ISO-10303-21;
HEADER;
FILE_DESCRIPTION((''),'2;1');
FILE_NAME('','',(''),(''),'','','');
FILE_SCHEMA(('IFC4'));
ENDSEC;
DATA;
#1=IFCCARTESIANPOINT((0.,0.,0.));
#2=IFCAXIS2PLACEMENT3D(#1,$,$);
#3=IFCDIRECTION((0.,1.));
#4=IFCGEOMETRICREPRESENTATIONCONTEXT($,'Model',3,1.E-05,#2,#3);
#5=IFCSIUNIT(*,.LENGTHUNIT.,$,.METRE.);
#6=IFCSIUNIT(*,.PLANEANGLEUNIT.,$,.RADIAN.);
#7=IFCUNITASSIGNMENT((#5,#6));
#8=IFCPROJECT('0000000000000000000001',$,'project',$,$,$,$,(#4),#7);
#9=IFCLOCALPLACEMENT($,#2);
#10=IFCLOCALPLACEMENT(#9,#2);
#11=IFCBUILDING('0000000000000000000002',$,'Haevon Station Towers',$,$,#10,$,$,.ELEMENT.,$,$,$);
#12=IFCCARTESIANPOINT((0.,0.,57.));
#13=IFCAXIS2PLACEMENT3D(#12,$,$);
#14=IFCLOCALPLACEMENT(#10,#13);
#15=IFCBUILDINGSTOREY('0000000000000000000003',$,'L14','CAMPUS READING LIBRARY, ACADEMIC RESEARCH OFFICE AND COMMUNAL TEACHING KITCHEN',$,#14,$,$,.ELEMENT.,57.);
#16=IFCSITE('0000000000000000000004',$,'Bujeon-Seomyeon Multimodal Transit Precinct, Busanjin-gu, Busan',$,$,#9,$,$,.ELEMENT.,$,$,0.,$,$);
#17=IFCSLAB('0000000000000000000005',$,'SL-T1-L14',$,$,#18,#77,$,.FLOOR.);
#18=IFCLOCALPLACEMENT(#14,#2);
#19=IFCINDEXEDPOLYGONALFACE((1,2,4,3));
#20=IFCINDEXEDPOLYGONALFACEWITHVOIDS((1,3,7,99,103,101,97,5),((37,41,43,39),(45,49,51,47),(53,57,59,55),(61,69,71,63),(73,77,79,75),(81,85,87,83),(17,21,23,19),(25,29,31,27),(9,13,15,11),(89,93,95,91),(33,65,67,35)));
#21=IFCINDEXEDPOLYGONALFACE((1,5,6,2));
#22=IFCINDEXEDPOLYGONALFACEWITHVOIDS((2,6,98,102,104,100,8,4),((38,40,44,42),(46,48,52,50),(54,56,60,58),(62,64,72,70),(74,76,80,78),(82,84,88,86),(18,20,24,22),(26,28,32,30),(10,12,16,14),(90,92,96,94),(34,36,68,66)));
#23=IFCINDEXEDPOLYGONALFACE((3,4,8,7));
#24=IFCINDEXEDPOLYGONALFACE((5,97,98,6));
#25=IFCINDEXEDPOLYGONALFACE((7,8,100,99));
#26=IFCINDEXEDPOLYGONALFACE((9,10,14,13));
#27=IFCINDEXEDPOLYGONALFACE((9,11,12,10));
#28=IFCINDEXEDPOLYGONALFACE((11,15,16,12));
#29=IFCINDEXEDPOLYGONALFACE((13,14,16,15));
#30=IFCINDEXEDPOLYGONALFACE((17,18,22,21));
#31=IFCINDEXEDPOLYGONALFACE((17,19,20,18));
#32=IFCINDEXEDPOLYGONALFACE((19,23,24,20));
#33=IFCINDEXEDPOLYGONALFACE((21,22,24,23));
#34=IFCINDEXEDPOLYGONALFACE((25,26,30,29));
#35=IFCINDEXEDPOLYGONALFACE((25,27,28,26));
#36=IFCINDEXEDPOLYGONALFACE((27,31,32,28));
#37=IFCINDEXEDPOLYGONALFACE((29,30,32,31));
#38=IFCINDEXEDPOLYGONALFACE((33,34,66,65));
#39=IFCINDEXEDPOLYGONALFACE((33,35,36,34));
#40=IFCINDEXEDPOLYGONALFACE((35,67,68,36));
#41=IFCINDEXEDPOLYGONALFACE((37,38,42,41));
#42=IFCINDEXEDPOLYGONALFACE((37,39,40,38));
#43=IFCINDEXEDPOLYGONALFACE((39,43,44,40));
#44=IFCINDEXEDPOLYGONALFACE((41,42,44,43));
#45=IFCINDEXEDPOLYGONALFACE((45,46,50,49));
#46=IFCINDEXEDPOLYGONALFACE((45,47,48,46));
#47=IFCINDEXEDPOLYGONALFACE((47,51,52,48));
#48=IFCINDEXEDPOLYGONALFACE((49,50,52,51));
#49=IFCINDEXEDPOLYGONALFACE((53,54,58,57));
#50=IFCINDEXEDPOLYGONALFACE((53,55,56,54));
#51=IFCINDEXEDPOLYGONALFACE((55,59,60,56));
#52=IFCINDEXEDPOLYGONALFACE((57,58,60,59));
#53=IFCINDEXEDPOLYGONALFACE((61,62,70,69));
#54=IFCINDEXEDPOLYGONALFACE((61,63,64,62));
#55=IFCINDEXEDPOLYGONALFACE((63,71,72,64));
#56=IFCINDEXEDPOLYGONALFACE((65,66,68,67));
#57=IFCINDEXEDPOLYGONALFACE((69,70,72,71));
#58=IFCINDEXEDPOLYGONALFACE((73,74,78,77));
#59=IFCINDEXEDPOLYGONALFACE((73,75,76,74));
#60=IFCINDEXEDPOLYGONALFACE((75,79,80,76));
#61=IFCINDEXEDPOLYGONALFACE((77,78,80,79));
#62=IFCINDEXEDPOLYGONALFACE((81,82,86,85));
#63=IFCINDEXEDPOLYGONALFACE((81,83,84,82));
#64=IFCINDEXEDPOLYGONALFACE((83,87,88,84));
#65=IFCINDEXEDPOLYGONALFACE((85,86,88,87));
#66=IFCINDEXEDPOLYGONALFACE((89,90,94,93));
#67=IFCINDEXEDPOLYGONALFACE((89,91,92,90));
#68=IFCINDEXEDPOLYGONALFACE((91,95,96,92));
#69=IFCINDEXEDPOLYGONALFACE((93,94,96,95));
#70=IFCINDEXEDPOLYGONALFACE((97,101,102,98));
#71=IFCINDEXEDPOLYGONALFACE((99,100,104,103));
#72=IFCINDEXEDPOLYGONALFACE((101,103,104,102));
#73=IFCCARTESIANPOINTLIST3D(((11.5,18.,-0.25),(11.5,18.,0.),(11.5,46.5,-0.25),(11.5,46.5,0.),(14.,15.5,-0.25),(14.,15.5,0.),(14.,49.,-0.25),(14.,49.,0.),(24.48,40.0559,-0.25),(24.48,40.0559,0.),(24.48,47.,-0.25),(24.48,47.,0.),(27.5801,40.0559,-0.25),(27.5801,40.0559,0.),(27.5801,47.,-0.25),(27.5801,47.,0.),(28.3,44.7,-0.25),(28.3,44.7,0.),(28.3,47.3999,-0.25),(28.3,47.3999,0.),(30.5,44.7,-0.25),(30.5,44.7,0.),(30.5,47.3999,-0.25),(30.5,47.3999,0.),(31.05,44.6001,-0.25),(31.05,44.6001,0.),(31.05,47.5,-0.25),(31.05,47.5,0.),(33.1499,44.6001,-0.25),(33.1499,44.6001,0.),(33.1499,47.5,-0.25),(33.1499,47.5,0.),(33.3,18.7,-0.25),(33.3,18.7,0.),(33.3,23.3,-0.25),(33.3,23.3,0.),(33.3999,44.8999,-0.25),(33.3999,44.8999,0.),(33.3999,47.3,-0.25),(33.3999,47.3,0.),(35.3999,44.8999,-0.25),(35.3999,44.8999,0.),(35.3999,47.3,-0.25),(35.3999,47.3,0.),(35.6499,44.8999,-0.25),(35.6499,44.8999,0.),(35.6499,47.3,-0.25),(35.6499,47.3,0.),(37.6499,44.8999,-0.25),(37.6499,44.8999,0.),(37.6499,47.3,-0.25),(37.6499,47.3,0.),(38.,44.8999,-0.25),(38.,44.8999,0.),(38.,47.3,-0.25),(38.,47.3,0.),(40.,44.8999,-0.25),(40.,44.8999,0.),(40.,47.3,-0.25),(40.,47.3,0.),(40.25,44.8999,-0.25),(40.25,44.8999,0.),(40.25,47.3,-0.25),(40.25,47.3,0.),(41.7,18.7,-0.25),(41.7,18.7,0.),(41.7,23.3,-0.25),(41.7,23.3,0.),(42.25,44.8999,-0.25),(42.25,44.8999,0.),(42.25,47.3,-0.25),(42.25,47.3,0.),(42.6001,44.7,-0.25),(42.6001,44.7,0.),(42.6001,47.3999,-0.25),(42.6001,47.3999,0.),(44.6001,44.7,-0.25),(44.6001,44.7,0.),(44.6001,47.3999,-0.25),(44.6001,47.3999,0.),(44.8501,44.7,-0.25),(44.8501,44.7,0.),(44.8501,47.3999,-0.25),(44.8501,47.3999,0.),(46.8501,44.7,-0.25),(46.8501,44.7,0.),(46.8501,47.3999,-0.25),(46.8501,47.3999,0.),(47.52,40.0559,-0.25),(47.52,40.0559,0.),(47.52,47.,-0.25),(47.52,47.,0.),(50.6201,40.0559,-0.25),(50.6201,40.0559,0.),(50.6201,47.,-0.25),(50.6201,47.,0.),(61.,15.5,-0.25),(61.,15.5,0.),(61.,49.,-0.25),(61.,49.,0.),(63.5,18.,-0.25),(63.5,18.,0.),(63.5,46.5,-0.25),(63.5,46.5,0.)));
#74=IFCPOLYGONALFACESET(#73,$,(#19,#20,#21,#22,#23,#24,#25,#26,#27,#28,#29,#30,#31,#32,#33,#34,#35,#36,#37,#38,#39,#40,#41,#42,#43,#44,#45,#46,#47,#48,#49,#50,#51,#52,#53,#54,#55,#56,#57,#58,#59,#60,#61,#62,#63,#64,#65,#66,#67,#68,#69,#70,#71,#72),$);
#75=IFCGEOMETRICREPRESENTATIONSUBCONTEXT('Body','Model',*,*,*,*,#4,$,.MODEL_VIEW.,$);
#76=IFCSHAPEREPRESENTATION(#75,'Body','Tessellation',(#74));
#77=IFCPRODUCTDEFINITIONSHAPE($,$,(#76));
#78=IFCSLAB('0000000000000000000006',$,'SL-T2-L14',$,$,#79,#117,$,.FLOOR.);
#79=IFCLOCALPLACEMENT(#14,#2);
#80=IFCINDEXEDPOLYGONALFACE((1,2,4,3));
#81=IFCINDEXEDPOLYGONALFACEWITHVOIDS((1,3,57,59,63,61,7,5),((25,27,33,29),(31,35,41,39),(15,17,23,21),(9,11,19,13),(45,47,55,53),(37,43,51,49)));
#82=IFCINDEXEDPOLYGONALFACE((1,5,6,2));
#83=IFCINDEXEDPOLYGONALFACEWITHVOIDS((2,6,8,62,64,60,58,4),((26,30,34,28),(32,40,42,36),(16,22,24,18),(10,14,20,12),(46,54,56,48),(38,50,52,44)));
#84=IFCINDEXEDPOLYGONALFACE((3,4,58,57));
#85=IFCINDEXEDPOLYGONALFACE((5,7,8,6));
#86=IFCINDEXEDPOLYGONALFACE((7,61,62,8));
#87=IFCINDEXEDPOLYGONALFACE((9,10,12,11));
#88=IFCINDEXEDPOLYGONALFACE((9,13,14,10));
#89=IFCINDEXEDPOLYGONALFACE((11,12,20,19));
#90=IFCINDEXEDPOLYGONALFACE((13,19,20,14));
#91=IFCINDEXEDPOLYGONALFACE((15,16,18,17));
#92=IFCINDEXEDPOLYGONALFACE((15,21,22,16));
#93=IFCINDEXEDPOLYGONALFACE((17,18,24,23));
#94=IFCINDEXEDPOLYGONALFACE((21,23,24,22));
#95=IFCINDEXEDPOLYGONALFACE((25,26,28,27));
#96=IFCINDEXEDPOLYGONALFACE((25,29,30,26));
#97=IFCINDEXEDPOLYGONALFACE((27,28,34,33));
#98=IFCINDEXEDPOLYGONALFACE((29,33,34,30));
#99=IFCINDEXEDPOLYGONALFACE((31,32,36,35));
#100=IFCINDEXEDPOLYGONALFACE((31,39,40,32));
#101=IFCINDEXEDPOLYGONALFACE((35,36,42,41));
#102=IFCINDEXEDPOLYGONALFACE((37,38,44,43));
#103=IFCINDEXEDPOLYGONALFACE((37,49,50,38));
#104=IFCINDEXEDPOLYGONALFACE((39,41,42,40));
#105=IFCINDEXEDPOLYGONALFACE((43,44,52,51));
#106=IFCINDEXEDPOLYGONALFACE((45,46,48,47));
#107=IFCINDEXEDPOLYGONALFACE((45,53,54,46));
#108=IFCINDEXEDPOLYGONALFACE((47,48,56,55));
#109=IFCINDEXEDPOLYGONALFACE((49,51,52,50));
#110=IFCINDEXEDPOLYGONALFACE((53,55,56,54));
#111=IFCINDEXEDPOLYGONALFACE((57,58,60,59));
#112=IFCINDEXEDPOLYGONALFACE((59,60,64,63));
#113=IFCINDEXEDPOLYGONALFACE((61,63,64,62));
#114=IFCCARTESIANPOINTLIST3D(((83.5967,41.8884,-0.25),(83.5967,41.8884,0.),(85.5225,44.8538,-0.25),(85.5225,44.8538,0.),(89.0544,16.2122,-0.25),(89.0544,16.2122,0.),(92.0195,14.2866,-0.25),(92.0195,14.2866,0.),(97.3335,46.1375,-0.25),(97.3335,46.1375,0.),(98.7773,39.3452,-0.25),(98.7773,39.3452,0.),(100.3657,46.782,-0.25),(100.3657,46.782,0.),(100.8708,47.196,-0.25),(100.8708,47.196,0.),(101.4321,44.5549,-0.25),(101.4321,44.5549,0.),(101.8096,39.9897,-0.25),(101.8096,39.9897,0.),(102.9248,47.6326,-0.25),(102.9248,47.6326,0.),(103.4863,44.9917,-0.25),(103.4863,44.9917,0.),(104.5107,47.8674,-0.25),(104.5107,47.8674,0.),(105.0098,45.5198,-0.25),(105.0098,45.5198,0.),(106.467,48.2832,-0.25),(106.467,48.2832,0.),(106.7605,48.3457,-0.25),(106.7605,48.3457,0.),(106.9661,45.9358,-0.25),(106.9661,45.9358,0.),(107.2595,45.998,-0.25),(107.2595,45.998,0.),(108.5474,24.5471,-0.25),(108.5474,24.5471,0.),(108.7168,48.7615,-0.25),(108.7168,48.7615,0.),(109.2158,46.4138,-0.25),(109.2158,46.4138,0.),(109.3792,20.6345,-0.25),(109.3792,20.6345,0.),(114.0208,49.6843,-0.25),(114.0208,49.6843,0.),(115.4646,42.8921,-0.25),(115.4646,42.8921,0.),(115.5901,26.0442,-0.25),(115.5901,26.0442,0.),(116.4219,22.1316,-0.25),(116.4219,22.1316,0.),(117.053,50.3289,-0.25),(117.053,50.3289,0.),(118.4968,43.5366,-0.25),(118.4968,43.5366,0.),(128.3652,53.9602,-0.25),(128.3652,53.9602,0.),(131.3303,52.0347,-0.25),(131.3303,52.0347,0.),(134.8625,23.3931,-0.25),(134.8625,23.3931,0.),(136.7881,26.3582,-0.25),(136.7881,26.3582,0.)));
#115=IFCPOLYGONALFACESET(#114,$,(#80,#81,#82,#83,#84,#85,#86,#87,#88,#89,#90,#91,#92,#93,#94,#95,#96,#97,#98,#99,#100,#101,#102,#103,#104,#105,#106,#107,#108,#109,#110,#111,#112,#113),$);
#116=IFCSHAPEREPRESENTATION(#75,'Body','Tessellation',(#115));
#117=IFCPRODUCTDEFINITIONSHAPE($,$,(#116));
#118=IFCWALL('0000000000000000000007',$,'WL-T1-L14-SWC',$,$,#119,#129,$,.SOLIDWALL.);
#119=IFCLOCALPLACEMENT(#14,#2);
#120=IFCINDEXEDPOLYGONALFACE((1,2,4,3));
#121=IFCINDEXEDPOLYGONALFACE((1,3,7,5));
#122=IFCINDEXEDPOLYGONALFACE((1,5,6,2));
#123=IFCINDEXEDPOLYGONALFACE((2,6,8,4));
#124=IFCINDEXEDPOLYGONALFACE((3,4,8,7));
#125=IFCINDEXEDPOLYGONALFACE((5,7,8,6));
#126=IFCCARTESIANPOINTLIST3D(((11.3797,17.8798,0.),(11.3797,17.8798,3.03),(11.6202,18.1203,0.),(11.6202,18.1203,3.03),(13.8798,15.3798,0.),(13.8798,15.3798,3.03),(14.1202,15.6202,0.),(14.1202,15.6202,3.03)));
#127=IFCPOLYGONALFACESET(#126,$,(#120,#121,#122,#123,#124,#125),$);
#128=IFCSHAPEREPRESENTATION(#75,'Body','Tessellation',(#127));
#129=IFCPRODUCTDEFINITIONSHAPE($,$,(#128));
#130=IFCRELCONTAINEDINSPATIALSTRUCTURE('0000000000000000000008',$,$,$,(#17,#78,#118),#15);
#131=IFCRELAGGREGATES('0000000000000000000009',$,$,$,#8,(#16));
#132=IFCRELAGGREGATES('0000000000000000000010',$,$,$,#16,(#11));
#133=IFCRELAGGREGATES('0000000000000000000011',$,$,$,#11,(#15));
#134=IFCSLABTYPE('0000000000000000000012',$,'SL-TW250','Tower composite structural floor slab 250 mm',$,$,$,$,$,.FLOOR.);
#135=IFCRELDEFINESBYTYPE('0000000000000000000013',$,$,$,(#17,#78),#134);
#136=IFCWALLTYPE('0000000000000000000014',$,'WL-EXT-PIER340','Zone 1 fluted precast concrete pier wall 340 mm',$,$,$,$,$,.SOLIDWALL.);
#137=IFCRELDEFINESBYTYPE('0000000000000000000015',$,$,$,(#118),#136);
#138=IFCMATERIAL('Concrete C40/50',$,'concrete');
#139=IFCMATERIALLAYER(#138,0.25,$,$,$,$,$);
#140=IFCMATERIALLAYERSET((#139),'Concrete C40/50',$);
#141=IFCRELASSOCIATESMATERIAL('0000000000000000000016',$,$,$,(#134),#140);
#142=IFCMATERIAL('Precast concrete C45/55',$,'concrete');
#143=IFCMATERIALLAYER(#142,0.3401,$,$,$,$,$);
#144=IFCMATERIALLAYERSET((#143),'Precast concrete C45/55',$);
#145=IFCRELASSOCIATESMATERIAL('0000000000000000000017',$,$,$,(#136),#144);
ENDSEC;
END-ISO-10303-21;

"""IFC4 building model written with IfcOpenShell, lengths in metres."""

from ifc_helpers import new_model, si_unit, direction, frame, frame_2d, origin, place, context, subcontext, project, spatial, polyline, rectangle, outline, extrude, material, layer, layer_set, type_object, element, save


model = new_model("IFC4")

# Units and contexts
model_context = context("Model", 3, precision=1e-05, world=origin(), true_north=direction((0.0, 1.0)))
body_context = subcontext(model_context, "Body", "Model", "MODEL_VIEW")
ifc_project = project(units=[si_unit("LENGTHUNIT", "METRE"), si_unit("PLANEANGLEUNIT", "RADIAN")], contexts=[model_context])

# Site, building, storey
site_placement = place(None, origin())
site = spatial("IfcSite", under=ifc_project, at=site_placement, Name="Bujeon-Seomyeon Multimodal Transit Precinct, Busanjin-gu, Busan", CompositionType="ELEMENT", RefElevation=0.0)
building_placement = place(site_placement, origin())
building = spatial("IfcBuilding", under=site, at=building_placement, Name="Haevon Station Towers", CompositionType="ELEMENT")
storey_placement = place(building_placement, frame((0.0, 0.0, 57.0)))
storey = spatial("IfcBuildingStorey", under=building, at=storey_placement, Name="L14", Description="CAMPUS READING LIBRARY, ACADEMIC RESEARCH OFFICE AND COMMUNAL TEACHING KITCHEN", CompositionType="ELEMENT", Elevation=57.0)

# Shared definitions
ifc_material_1 = material(Name="Concrete C40/50", Category="concrete")

# Slabs
ifc_layer_1 = layer(ifc_material_1, 0.25)
ifc_layer_set_1 = layer_set([ifc_layer_1], Name="Concrete C40/50")
slab_type_1 = type_object("IfcSlabType", Name="SL-TW250", Description="Tower composite structural floor slab 250 mm", PredefinedType="FLOOR", material=ifc_layer_set_1)
slab_1_placement = place(storey_placement, frame((0.0, 0.0, -0.25)))
element("IfcSlab", 1, at=slab_1_placement, inside=storey, type_object=slab_type_1, Name="SL-T1-L14", PredefinedType="FLOOR", context=body_context, shape_type="SweptSolid", body=[
    extrude(outline(polyline([(14.0, 15.5), (61.0, 15.5), (63.5, 18.0), (63.5, 46.5), (61.0, 49.0), (14.0, 49.0), (11.5, 46.5), (11.5, 18.0), (14.0, 15.5)]), holes=[polyline([(27.5801, 40.0559), (27.5801, 47.0), (24.48, 47.0), (24.48, 40.0559), (27.5801, 40.0559)]), polyline([(50.6201, 40.0559), (50.6201, 47.0), (47.52, 47.0), (47.52, 40.0559), (50.6201, 40.0559)]), polyline([(28.3, 44.7), (30.5, 44.7), (30.5, 47.3999), (28.3, 47.3999), (28.3, 44.7)]), polyline([(31.05, 44.6001), (33.1499, 44.6001), (33.1499, 47.5), (31.05, 47.5), (31.05, 44.6001)]), polyline([(33.3999, 44.8999), (35.3999, 44.8999), (35.3999, 47.3), (33.3999, 47.3), (33.3999, 44.8999)]), polyline([(35.6499, 44.8999), (37.6499, 44.8999), (37.6499, 47.3), (35.6499, 47.3), (35.6499, 44.8999)]), polyline([(38.0, 44.8999), (40.0, 44.8999), (40.0, 47.3), (38.0, 47.3), (38.0, 44.8999)]), polyline([(40.25, 44.8999), (42.25, 44.8999), (42.25, 47.3), (40.25, 47.3), (40.25, 44.8999)]), polyline([(42.6001, 44.7), (44.6001, 44.7), (44.6001, 47.3999), (42.6001, 47.3999), (42.6001, 44.7)]), polyline([(44.8501, 44.7), (46.8501, 44.7), (46.8501, 47.3999), (44.8501, 47.3999), (44.8501, 44.7)]), polyline([(33.3, 18.7), (41.7, 18.7), (41.7, 23.3), (33.3, 23.3), (33.3, 18.7)])]), origin(), (0.0, 0.0, 1.0), 0.25),
])
slab_2_placement = place(storey_placement, frame((0.0, 0.0, -0.25)))
element("IfcSlab", 2, at=slab_2_placement, inside=storey, type_object=slab_type_1, Name="SL-T2-L14", PredefinedType="FLOOR", context=body_context, shape_type="SweptSolid", body=[
    extrude(outline(polyline([(92.0195, 14.2866), (134.8625, 23.3931), (136.7881, 26.3582), (131.3303, 52.0347), (128.3652, 53.9602), (85.5225, 44.8538), (83.5967, 41.8884), (89.0544, 16.2122), (92.0195, 14.2866)]), holes=[polyline([(101.8096, 39.9897), (100.3657, 46.782), (97.3335, 46.1375), (98.7773, 39.3452), (101.8096, 39.9897)]), polyline([(118.4968, 43.5366), (117.053, 50.3289), (114.0208, 49.6843), (115.4646, 42.8921), (118.4968, 43.5366)]), polyline([(101.4321, 44.5549), (103.4863, 44.9917), (102.9248, 47.6326), (100.8708, 47.196), (101.4321, 44.5549)]), polyline([(105.0098, 45.5198), (106.9661, 45.9358), (106.467, 48.2832), (104.5107, 47.8674), (105.0098, 45.5198)]), polyline([(107.2595, 45.998), (109.2158, 46.4138), (108.7168, 48.7615), (106.7605, 48.3457), (107.2595, 45.998)]), polyline([(109.3792, 20.6345), (116.4219, 22.1316), (115.5901, 26.0442), (108.5474, 24.5471), (109.3792, 20.6345)])]), origin(), (0.0, 0.0, 1.0), 0.25),
])

# Wall
ifc_material_2 = material(Name="Precast concrete C45/55", Category="concrete")
ifc_layer_2 = layer(ifc_material_2, 0.3401)
ifc_layer_set_2 = layer_set([ifc_layer_2], Name="Precast concrete C45/55")
wall_type_1 = type_object("IfcWallType", Name="WL-EXT-PIER340", Description="Zone 1 fluted precast concrete pier wall 340 mm", PredefinedType="SOLIDWALL", material=ifc_layer_set_2)
wall_1_placement = place(storey_placement, frame((14.0, 15.5, 0.0), z_axis=(0.0, 0.0, 1.0), x_axis=(-0.707107, 0.707107, 0.0)))
element("IfcWall", 3, at=wall_1_placement, inside=storey, type_object=wall_type_1, Name="WL-T1-L14-SWC", PredefinedType="SOLIDWALL", context=body_context, shape_type="SweptSolid", body=[
    extrude(rectangle(XDim=3.5356, YDim=0.3401, at=frame_2d((1.7678, 0.0))), origin(), (0.0, 0.0, 1.0), 3.03),
])

save(model, "model.ifc")
